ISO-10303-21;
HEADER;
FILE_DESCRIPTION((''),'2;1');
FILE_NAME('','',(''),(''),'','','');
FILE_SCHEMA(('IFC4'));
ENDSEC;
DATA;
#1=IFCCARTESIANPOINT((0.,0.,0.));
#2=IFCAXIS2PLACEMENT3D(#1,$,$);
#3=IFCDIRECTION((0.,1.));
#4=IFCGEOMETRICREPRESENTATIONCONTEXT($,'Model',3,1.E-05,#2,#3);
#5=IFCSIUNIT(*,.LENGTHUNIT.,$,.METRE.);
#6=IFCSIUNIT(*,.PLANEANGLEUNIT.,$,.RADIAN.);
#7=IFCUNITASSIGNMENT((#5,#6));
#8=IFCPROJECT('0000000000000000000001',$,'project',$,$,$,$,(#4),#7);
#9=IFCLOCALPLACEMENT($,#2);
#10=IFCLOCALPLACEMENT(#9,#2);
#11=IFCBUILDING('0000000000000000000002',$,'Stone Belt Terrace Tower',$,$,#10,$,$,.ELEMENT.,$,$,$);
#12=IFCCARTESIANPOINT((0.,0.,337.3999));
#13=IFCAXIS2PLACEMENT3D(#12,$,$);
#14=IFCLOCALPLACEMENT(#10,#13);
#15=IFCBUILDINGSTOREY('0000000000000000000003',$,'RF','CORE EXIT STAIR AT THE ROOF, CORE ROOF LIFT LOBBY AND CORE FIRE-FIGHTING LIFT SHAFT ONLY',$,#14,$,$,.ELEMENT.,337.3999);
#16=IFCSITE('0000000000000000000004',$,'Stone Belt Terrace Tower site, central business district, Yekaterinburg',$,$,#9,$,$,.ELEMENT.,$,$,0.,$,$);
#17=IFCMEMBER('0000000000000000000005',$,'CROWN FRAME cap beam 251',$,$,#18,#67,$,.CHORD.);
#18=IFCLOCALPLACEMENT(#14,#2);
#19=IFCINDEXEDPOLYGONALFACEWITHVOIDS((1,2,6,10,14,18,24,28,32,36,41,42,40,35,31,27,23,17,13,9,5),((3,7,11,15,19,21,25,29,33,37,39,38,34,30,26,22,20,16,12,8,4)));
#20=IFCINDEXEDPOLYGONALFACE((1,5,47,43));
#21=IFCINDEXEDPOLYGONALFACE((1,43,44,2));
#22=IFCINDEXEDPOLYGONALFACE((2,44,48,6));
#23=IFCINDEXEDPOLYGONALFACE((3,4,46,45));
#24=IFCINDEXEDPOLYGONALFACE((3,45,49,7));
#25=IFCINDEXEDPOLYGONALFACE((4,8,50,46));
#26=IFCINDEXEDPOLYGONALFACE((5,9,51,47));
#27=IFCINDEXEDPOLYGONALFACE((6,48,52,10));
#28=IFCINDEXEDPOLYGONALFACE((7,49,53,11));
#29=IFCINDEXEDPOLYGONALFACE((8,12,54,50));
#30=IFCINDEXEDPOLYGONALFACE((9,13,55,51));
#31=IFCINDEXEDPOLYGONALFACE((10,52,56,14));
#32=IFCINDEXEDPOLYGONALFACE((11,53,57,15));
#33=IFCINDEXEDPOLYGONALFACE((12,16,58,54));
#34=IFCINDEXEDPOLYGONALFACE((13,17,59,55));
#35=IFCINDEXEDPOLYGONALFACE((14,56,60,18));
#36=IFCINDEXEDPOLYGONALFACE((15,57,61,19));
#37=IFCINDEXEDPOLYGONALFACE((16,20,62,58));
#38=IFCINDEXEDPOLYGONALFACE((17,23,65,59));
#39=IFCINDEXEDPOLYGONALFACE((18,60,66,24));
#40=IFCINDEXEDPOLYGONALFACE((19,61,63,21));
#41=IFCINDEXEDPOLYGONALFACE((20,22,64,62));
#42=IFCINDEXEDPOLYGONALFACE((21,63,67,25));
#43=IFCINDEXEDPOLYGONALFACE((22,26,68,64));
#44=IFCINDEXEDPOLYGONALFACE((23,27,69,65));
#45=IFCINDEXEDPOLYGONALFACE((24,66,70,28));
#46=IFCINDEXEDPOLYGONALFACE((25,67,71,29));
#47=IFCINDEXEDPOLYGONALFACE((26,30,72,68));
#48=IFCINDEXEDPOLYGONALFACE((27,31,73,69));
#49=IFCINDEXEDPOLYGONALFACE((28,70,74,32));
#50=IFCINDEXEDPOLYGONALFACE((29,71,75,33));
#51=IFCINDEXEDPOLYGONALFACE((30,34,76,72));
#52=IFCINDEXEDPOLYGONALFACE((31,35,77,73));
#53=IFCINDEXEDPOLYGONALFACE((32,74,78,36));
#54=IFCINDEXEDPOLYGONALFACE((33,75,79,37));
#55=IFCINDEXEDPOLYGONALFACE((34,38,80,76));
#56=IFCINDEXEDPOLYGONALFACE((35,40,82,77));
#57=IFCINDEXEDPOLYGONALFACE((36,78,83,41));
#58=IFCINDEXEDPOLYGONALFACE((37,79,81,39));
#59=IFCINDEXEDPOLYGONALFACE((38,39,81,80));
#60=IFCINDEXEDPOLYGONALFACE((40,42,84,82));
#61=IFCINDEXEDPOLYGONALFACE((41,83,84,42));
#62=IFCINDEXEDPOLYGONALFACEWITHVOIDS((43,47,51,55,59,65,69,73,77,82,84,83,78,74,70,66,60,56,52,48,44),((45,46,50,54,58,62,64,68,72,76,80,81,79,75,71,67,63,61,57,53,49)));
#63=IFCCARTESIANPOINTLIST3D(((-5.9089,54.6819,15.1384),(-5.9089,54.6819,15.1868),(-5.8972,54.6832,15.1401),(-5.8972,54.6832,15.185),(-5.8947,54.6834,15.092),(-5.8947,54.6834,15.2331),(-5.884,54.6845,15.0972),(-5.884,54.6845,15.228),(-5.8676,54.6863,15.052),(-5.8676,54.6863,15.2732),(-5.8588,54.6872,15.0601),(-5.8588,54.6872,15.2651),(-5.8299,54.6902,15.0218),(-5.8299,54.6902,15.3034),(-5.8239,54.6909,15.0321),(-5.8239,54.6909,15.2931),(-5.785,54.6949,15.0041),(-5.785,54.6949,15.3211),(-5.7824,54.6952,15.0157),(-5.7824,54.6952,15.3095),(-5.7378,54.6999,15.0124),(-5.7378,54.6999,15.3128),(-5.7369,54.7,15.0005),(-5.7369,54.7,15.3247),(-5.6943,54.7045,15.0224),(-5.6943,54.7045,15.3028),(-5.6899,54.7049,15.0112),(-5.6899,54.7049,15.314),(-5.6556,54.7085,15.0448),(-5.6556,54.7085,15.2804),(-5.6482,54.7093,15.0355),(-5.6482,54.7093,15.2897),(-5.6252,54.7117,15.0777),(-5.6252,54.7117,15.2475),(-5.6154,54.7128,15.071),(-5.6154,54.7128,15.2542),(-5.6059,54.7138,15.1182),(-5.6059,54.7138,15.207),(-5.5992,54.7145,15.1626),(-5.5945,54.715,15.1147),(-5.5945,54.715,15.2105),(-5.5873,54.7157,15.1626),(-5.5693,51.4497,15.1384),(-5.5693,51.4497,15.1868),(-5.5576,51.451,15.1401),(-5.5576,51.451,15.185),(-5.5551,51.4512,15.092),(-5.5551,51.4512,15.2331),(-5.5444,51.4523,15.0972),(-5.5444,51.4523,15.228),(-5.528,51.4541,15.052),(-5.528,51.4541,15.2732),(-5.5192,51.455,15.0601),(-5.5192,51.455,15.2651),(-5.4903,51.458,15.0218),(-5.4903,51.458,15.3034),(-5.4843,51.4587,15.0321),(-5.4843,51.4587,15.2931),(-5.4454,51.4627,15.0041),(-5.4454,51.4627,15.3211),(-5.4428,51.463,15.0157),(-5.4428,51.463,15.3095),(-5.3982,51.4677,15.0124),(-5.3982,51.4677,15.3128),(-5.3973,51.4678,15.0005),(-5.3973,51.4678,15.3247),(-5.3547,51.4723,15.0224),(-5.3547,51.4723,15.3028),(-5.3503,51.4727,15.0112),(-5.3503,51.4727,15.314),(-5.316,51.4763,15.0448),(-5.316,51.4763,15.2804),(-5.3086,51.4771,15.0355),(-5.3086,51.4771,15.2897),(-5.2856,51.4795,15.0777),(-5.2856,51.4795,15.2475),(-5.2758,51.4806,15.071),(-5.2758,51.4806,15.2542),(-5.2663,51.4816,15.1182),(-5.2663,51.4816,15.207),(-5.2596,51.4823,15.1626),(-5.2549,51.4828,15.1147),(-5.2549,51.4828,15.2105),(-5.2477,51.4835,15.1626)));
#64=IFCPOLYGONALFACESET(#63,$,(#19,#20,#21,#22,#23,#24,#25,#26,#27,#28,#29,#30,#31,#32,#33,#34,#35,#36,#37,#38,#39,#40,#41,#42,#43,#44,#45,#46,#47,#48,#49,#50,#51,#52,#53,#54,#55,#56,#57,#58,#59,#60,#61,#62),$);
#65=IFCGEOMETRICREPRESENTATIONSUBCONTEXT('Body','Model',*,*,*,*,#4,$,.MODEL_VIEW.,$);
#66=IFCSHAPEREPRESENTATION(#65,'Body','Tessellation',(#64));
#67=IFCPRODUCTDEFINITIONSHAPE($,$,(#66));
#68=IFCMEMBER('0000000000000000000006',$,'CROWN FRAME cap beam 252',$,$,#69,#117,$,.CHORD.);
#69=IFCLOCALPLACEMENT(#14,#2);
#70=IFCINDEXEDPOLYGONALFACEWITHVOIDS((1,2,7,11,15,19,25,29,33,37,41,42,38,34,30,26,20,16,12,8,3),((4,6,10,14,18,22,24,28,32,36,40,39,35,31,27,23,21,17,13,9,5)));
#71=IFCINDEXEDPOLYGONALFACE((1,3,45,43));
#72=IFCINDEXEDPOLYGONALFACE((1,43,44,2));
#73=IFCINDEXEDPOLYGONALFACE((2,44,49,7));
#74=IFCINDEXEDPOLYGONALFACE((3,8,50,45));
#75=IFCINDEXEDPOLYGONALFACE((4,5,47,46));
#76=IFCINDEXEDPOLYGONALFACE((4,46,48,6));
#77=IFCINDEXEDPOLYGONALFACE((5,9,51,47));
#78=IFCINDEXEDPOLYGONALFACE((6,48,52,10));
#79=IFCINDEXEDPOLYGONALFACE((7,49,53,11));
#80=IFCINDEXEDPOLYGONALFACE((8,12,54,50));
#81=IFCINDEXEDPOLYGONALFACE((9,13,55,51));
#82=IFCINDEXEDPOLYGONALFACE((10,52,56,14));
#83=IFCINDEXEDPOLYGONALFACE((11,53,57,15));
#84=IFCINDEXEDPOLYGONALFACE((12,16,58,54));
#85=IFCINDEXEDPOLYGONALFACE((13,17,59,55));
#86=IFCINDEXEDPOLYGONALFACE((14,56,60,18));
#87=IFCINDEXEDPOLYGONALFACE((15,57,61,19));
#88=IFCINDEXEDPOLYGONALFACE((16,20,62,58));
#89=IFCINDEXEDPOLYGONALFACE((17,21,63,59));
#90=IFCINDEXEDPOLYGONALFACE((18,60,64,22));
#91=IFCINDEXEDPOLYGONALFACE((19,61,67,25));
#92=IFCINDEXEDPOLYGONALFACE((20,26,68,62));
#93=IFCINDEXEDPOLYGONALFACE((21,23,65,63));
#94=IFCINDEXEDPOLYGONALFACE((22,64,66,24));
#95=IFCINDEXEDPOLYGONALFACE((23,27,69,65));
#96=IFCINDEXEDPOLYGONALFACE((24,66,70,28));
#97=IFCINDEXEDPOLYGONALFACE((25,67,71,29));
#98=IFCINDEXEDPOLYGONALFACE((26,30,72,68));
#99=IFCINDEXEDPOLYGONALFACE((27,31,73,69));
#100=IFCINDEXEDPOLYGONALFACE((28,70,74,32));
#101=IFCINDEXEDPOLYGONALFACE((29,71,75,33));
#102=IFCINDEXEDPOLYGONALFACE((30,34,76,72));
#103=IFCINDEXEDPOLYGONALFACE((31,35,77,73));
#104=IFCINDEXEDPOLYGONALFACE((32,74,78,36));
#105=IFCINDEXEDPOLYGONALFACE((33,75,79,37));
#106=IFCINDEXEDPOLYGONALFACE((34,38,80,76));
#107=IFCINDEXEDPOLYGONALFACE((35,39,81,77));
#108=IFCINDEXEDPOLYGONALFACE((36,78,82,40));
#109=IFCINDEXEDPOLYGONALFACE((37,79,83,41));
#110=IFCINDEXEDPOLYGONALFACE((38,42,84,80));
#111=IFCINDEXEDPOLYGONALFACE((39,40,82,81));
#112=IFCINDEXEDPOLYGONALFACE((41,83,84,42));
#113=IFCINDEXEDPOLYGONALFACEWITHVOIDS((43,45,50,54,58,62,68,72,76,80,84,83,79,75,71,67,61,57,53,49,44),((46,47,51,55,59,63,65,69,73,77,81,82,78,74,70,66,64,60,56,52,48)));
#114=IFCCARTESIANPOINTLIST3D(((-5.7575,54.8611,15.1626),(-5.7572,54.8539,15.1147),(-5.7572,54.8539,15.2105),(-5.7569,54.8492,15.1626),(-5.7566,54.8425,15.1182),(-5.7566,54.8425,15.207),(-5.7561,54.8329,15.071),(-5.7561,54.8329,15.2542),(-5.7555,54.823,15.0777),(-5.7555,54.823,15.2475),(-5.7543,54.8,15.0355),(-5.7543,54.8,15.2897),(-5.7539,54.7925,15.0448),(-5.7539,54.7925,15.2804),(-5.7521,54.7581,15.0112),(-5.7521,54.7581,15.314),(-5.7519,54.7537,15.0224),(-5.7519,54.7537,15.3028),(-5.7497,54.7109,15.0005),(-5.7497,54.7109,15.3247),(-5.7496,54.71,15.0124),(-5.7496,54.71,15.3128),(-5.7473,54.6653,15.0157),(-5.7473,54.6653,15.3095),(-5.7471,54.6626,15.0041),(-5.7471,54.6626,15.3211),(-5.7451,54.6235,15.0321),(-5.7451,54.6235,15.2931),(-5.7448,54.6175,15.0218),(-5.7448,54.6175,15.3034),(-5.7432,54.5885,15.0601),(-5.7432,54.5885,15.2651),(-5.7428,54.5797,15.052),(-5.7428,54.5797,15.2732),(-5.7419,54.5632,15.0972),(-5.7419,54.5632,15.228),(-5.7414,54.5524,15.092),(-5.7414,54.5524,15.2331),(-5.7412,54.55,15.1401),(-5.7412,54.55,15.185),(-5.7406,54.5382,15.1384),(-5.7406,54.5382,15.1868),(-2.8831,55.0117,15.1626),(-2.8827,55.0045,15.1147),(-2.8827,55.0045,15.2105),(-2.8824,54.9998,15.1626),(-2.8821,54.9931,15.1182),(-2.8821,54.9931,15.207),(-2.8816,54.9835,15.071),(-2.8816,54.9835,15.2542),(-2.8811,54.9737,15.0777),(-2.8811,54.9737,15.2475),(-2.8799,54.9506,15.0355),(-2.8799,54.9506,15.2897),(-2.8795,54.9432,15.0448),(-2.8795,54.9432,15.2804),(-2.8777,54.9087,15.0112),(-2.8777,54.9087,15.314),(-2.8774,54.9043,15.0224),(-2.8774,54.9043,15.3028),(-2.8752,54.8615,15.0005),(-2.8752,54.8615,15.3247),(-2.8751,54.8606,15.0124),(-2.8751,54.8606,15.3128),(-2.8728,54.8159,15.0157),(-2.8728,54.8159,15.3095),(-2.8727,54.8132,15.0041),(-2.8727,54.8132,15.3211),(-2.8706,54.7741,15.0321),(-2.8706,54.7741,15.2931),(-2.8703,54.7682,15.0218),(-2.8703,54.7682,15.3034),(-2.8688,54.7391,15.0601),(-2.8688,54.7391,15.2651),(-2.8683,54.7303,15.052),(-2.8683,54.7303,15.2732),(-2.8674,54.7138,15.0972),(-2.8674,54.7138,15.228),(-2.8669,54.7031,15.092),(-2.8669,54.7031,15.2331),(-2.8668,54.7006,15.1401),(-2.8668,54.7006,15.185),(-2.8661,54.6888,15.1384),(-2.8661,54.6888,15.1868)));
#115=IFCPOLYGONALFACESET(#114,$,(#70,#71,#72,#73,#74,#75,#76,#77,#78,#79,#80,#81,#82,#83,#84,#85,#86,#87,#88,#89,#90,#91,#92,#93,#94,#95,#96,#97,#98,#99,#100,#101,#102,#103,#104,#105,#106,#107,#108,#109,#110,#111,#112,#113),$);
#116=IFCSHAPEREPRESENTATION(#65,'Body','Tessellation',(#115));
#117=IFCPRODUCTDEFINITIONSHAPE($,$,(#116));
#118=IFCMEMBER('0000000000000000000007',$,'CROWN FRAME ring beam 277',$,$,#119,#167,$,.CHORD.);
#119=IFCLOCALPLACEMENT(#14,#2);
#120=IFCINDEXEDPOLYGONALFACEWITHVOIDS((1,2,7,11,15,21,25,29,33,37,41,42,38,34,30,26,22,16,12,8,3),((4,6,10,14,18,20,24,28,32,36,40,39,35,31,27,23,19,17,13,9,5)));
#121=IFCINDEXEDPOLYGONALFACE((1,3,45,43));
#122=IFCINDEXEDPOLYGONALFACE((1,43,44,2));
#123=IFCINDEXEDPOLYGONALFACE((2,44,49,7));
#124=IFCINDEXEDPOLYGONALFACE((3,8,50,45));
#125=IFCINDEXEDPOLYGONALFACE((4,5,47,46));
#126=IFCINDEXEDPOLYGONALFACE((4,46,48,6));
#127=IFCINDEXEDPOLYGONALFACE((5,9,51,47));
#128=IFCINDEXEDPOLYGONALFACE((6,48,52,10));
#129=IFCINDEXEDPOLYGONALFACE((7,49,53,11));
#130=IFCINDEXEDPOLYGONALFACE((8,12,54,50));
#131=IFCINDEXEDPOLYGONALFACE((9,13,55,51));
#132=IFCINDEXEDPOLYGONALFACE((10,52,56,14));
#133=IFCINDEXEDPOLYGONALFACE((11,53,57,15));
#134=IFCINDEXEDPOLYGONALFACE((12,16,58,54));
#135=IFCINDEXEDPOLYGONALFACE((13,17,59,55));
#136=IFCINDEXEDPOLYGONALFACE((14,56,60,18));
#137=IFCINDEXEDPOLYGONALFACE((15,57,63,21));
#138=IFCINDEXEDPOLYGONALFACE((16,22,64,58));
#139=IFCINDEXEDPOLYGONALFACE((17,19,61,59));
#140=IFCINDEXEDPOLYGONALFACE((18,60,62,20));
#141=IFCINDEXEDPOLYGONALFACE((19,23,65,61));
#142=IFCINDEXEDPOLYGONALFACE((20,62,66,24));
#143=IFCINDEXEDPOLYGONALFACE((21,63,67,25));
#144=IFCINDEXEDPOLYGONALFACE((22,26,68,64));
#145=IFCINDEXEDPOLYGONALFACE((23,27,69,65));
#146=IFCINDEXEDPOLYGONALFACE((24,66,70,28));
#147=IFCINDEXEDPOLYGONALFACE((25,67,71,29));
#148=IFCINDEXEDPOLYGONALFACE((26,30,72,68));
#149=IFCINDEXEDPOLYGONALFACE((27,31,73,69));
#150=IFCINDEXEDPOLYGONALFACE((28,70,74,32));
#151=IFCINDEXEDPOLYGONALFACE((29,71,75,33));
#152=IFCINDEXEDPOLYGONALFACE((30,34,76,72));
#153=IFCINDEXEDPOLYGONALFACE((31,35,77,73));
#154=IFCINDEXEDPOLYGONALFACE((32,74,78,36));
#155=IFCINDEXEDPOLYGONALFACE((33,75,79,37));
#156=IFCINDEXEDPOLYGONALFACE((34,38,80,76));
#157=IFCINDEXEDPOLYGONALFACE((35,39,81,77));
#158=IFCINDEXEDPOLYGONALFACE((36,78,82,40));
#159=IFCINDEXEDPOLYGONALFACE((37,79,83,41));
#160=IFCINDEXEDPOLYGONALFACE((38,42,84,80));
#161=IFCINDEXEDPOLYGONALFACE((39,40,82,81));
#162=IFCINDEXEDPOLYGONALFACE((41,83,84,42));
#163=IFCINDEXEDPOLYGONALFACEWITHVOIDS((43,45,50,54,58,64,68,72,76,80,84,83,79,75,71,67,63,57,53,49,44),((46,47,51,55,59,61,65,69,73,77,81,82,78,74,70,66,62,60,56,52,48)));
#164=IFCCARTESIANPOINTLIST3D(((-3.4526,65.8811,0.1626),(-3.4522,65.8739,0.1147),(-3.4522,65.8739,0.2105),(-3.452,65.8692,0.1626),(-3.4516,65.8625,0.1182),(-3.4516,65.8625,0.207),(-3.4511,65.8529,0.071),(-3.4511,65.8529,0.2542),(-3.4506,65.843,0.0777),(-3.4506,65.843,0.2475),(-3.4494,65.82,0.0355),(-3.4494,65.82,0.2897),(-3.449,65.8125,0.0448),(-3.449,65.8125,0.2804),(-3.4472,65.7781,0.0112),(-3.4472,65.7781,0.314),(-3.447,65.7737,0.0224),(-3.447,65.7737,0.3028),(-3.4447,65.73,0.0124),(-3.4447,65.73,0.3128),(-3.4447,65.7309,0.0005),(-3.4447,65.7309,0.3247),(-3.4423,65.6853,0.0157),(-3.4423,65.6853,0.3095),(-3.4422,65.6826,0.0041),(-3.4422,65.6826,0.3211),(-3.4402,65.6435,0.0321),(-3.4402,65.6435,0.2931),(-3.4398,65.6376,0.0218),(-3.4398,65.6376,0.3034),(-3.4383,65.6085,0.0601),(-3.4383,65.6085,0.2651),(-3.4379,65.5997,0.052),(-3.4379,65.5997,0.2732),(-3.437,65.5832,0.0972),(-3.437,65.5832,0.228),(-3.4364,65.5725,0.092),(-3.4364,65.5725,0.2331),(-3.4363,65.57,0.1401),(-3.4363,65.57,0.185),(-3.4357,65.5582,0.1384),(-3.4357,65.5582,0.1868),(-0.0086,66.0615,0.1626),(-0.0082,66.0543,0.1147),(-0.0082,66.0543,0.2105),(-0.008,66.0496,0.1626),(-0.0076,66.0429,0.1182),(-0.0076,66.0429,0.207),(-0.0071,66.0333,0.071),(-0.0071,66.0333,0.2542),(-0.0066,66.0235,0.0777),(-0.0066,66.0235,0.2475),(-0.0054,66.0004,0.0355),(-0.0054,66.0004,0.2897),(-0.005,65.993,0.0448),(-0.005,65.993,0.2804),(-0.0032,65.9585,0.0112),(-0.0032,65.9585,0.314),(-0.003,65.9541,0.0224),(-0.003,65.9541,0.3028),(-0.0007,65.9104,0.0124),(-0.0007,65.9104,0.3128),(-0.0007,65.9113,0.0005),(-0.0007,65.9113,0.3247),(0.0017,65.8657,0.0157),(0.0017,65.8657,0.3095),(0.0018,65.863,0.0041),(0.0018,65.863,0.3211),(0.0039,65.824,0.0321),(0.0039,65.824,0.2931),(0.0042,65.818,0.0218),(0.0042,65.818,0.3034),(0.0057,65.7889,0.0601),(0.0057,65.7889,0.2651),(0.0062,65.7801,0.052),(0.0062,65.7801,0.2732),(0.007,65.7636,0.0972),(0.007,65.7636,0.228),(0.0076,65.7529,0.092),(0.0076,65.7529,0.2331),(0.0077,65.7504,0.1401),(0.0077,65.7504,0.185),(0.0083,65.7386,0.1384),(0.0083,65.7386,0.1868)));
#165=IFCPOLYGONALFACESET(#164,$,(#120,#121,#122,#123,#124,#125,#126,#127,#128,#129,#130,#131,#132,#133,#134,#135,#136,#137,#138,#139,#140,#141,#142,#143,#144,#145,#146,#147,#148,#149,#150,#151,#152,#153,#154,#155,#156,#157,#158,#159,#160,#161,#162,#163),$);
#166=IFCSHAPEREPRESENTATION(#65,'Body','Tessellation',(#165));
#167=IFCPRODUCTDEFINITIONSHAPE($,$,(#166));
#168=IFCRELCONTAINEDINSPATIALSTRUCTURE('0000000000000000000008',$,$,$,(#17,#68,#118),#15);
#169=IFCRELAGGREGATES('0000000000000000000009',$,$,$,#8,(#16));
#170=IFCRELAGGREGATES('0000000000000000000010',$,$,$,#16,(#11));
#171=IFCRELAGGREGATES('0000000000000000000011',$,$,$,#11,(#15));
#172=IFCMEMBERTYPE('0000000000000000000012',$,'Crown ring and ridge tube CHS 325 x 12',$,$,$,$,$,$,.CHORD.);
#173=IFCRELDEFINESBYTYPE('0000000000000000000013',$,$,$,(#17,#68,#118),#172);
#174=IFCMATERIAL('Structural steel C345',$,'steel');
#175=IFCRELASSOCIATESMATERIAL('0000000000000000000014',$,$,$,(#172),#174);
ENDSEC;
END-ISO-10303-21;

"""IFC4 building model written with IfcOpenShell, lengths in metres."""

from ifc_helpers import new_model, si_unit, direction, frame, origin, origin_2d, place, context, subcontext, project, spatial, hollow_circle, extrude, material, material_profile, profile_set, type_object, element, save


model = new_model("IFC4")

# Units and contexts
model_context = context("Model", 3, precision=1e-05, world=origin(), true_north=direction((0.0, 1.0)))
body_context = subcontext(model_context, "Body", "Model", "MODEL_VIEW")
ifc_project = project(units=[si_unit("LENGTHUNIT", "METRE"), si_unit("PLANEANGLEUNIT", "RADIAN")], contexts=[model_context])

# Site, building, storey
site_placement = place(None, origin())
site = spatial("IfcSite", under=ifc_project, at=site_placement, Name="Stone Belt Terrace Tower site, central business district, Yekaterinburg", CompositionType="ELEMENT", RefElevation=0.0)
building_placement = place(site_placement, origin())
building = spatial("IfcBuilding", under=site, at=building_placement, Name="Stone Belt Terrace Tower", CompositionType="ELEMENT")
storey_placement = place(building_placement, frame((0.0, 0.0, 337.3999)))
storey = spatial("IfcBuildingStorey", under=building, at=storey_placement, Name="RF", Description="CORE EXIT STAIR AT THE ROOF, CORE ROOF LIFT LOBBY AND CORE FIRE-FIGHTING LIFT SHAFT ONLY", CompositionType="ELEMENT", Elevation=337.3999)

# Members
ifc_material_1 = material(Name="Structural steel C345", Category="steel")
ifc_material_profile_1 = material_profile(ifc_material_1, hollow_circle(Radius=0.1626, WallThickness=0.012, at=origin_2d()), Name="Structural steel C345 CHS 325x12")
ifc_profile_set_1 = profile_set([ifc_material_profile_1], Name="Structural steel C345")
member_type_1 = type_object("IfcMemberType", Name="Crown ring and ridge tube CHS 325 x 12", PredefinedType="CHORD", material=ifc_profile_set_1)
member_1_placement = place(storey_placement, frame((-5.749, 54.6987, 15.1626), z_axis=(0.104493, -0.994526, 0.0), x_axis=(0.994526, 0.104493, 0.0)))
element("IfcMember", 1, at=member_1_placement, inside=storey, type_object=member_type_1, Name="CROWN FRAME cap beam 251", PredefinedType="CHORD", context=body_context, shape_type="SweptSolid", body=[
    extrude(hollow_circle(Radius=0.1626, WallThickness=0.012, at=origin_2d()), origin(), (0.0, 0.0, 1.0), 3.25),
])
member_2_placement = place(storey_placement, frame((-5.749, 54.6987, 15.1626), z_axis=(0.99863, 0.052332, 0.0), x_axis=(-0.052332, 0.99863, 0.0)))
element("IfcMember", 2, at=member_2_placement, inside=storey, type_object=member_type_1, Name="CROWN FRAME cap beam 252", PredefinedType="CHORD", context=body_context, shape_type="SweptSolid", body=[
    extrude(hollow_circle(Radius=0.1626, WallThickness=0.012, at=origin_2d()), origin(), (0.0, 0.0, 1.0), 2.8784),
])
for number, where, z_axis, x_axis, name in (
    (3, (-3.4441, 65.7188, 0.1626), (0.998631, 0.052314, 0.0), (-0.052314, 0.998631, 0.0), "CROWN FRAME ring beam 277"),
):
    element("IfcMember", number, at=place(storey_placement, frame(where, z_axis=z_axis, x_axis=x_axis)), inside=storey, type_object=member_type_1, Name=name, PredefinedType="CHORD", context=body_context, shape_type="SweptSolid", body=[
        extrude(hollow_circle(Radius=0.1626, WallThickness=0.012, at=origin_2d()), origin(), (0.0, 0.0, 1.0), 3.4487),
    ])

save(model, "model.ifc")
